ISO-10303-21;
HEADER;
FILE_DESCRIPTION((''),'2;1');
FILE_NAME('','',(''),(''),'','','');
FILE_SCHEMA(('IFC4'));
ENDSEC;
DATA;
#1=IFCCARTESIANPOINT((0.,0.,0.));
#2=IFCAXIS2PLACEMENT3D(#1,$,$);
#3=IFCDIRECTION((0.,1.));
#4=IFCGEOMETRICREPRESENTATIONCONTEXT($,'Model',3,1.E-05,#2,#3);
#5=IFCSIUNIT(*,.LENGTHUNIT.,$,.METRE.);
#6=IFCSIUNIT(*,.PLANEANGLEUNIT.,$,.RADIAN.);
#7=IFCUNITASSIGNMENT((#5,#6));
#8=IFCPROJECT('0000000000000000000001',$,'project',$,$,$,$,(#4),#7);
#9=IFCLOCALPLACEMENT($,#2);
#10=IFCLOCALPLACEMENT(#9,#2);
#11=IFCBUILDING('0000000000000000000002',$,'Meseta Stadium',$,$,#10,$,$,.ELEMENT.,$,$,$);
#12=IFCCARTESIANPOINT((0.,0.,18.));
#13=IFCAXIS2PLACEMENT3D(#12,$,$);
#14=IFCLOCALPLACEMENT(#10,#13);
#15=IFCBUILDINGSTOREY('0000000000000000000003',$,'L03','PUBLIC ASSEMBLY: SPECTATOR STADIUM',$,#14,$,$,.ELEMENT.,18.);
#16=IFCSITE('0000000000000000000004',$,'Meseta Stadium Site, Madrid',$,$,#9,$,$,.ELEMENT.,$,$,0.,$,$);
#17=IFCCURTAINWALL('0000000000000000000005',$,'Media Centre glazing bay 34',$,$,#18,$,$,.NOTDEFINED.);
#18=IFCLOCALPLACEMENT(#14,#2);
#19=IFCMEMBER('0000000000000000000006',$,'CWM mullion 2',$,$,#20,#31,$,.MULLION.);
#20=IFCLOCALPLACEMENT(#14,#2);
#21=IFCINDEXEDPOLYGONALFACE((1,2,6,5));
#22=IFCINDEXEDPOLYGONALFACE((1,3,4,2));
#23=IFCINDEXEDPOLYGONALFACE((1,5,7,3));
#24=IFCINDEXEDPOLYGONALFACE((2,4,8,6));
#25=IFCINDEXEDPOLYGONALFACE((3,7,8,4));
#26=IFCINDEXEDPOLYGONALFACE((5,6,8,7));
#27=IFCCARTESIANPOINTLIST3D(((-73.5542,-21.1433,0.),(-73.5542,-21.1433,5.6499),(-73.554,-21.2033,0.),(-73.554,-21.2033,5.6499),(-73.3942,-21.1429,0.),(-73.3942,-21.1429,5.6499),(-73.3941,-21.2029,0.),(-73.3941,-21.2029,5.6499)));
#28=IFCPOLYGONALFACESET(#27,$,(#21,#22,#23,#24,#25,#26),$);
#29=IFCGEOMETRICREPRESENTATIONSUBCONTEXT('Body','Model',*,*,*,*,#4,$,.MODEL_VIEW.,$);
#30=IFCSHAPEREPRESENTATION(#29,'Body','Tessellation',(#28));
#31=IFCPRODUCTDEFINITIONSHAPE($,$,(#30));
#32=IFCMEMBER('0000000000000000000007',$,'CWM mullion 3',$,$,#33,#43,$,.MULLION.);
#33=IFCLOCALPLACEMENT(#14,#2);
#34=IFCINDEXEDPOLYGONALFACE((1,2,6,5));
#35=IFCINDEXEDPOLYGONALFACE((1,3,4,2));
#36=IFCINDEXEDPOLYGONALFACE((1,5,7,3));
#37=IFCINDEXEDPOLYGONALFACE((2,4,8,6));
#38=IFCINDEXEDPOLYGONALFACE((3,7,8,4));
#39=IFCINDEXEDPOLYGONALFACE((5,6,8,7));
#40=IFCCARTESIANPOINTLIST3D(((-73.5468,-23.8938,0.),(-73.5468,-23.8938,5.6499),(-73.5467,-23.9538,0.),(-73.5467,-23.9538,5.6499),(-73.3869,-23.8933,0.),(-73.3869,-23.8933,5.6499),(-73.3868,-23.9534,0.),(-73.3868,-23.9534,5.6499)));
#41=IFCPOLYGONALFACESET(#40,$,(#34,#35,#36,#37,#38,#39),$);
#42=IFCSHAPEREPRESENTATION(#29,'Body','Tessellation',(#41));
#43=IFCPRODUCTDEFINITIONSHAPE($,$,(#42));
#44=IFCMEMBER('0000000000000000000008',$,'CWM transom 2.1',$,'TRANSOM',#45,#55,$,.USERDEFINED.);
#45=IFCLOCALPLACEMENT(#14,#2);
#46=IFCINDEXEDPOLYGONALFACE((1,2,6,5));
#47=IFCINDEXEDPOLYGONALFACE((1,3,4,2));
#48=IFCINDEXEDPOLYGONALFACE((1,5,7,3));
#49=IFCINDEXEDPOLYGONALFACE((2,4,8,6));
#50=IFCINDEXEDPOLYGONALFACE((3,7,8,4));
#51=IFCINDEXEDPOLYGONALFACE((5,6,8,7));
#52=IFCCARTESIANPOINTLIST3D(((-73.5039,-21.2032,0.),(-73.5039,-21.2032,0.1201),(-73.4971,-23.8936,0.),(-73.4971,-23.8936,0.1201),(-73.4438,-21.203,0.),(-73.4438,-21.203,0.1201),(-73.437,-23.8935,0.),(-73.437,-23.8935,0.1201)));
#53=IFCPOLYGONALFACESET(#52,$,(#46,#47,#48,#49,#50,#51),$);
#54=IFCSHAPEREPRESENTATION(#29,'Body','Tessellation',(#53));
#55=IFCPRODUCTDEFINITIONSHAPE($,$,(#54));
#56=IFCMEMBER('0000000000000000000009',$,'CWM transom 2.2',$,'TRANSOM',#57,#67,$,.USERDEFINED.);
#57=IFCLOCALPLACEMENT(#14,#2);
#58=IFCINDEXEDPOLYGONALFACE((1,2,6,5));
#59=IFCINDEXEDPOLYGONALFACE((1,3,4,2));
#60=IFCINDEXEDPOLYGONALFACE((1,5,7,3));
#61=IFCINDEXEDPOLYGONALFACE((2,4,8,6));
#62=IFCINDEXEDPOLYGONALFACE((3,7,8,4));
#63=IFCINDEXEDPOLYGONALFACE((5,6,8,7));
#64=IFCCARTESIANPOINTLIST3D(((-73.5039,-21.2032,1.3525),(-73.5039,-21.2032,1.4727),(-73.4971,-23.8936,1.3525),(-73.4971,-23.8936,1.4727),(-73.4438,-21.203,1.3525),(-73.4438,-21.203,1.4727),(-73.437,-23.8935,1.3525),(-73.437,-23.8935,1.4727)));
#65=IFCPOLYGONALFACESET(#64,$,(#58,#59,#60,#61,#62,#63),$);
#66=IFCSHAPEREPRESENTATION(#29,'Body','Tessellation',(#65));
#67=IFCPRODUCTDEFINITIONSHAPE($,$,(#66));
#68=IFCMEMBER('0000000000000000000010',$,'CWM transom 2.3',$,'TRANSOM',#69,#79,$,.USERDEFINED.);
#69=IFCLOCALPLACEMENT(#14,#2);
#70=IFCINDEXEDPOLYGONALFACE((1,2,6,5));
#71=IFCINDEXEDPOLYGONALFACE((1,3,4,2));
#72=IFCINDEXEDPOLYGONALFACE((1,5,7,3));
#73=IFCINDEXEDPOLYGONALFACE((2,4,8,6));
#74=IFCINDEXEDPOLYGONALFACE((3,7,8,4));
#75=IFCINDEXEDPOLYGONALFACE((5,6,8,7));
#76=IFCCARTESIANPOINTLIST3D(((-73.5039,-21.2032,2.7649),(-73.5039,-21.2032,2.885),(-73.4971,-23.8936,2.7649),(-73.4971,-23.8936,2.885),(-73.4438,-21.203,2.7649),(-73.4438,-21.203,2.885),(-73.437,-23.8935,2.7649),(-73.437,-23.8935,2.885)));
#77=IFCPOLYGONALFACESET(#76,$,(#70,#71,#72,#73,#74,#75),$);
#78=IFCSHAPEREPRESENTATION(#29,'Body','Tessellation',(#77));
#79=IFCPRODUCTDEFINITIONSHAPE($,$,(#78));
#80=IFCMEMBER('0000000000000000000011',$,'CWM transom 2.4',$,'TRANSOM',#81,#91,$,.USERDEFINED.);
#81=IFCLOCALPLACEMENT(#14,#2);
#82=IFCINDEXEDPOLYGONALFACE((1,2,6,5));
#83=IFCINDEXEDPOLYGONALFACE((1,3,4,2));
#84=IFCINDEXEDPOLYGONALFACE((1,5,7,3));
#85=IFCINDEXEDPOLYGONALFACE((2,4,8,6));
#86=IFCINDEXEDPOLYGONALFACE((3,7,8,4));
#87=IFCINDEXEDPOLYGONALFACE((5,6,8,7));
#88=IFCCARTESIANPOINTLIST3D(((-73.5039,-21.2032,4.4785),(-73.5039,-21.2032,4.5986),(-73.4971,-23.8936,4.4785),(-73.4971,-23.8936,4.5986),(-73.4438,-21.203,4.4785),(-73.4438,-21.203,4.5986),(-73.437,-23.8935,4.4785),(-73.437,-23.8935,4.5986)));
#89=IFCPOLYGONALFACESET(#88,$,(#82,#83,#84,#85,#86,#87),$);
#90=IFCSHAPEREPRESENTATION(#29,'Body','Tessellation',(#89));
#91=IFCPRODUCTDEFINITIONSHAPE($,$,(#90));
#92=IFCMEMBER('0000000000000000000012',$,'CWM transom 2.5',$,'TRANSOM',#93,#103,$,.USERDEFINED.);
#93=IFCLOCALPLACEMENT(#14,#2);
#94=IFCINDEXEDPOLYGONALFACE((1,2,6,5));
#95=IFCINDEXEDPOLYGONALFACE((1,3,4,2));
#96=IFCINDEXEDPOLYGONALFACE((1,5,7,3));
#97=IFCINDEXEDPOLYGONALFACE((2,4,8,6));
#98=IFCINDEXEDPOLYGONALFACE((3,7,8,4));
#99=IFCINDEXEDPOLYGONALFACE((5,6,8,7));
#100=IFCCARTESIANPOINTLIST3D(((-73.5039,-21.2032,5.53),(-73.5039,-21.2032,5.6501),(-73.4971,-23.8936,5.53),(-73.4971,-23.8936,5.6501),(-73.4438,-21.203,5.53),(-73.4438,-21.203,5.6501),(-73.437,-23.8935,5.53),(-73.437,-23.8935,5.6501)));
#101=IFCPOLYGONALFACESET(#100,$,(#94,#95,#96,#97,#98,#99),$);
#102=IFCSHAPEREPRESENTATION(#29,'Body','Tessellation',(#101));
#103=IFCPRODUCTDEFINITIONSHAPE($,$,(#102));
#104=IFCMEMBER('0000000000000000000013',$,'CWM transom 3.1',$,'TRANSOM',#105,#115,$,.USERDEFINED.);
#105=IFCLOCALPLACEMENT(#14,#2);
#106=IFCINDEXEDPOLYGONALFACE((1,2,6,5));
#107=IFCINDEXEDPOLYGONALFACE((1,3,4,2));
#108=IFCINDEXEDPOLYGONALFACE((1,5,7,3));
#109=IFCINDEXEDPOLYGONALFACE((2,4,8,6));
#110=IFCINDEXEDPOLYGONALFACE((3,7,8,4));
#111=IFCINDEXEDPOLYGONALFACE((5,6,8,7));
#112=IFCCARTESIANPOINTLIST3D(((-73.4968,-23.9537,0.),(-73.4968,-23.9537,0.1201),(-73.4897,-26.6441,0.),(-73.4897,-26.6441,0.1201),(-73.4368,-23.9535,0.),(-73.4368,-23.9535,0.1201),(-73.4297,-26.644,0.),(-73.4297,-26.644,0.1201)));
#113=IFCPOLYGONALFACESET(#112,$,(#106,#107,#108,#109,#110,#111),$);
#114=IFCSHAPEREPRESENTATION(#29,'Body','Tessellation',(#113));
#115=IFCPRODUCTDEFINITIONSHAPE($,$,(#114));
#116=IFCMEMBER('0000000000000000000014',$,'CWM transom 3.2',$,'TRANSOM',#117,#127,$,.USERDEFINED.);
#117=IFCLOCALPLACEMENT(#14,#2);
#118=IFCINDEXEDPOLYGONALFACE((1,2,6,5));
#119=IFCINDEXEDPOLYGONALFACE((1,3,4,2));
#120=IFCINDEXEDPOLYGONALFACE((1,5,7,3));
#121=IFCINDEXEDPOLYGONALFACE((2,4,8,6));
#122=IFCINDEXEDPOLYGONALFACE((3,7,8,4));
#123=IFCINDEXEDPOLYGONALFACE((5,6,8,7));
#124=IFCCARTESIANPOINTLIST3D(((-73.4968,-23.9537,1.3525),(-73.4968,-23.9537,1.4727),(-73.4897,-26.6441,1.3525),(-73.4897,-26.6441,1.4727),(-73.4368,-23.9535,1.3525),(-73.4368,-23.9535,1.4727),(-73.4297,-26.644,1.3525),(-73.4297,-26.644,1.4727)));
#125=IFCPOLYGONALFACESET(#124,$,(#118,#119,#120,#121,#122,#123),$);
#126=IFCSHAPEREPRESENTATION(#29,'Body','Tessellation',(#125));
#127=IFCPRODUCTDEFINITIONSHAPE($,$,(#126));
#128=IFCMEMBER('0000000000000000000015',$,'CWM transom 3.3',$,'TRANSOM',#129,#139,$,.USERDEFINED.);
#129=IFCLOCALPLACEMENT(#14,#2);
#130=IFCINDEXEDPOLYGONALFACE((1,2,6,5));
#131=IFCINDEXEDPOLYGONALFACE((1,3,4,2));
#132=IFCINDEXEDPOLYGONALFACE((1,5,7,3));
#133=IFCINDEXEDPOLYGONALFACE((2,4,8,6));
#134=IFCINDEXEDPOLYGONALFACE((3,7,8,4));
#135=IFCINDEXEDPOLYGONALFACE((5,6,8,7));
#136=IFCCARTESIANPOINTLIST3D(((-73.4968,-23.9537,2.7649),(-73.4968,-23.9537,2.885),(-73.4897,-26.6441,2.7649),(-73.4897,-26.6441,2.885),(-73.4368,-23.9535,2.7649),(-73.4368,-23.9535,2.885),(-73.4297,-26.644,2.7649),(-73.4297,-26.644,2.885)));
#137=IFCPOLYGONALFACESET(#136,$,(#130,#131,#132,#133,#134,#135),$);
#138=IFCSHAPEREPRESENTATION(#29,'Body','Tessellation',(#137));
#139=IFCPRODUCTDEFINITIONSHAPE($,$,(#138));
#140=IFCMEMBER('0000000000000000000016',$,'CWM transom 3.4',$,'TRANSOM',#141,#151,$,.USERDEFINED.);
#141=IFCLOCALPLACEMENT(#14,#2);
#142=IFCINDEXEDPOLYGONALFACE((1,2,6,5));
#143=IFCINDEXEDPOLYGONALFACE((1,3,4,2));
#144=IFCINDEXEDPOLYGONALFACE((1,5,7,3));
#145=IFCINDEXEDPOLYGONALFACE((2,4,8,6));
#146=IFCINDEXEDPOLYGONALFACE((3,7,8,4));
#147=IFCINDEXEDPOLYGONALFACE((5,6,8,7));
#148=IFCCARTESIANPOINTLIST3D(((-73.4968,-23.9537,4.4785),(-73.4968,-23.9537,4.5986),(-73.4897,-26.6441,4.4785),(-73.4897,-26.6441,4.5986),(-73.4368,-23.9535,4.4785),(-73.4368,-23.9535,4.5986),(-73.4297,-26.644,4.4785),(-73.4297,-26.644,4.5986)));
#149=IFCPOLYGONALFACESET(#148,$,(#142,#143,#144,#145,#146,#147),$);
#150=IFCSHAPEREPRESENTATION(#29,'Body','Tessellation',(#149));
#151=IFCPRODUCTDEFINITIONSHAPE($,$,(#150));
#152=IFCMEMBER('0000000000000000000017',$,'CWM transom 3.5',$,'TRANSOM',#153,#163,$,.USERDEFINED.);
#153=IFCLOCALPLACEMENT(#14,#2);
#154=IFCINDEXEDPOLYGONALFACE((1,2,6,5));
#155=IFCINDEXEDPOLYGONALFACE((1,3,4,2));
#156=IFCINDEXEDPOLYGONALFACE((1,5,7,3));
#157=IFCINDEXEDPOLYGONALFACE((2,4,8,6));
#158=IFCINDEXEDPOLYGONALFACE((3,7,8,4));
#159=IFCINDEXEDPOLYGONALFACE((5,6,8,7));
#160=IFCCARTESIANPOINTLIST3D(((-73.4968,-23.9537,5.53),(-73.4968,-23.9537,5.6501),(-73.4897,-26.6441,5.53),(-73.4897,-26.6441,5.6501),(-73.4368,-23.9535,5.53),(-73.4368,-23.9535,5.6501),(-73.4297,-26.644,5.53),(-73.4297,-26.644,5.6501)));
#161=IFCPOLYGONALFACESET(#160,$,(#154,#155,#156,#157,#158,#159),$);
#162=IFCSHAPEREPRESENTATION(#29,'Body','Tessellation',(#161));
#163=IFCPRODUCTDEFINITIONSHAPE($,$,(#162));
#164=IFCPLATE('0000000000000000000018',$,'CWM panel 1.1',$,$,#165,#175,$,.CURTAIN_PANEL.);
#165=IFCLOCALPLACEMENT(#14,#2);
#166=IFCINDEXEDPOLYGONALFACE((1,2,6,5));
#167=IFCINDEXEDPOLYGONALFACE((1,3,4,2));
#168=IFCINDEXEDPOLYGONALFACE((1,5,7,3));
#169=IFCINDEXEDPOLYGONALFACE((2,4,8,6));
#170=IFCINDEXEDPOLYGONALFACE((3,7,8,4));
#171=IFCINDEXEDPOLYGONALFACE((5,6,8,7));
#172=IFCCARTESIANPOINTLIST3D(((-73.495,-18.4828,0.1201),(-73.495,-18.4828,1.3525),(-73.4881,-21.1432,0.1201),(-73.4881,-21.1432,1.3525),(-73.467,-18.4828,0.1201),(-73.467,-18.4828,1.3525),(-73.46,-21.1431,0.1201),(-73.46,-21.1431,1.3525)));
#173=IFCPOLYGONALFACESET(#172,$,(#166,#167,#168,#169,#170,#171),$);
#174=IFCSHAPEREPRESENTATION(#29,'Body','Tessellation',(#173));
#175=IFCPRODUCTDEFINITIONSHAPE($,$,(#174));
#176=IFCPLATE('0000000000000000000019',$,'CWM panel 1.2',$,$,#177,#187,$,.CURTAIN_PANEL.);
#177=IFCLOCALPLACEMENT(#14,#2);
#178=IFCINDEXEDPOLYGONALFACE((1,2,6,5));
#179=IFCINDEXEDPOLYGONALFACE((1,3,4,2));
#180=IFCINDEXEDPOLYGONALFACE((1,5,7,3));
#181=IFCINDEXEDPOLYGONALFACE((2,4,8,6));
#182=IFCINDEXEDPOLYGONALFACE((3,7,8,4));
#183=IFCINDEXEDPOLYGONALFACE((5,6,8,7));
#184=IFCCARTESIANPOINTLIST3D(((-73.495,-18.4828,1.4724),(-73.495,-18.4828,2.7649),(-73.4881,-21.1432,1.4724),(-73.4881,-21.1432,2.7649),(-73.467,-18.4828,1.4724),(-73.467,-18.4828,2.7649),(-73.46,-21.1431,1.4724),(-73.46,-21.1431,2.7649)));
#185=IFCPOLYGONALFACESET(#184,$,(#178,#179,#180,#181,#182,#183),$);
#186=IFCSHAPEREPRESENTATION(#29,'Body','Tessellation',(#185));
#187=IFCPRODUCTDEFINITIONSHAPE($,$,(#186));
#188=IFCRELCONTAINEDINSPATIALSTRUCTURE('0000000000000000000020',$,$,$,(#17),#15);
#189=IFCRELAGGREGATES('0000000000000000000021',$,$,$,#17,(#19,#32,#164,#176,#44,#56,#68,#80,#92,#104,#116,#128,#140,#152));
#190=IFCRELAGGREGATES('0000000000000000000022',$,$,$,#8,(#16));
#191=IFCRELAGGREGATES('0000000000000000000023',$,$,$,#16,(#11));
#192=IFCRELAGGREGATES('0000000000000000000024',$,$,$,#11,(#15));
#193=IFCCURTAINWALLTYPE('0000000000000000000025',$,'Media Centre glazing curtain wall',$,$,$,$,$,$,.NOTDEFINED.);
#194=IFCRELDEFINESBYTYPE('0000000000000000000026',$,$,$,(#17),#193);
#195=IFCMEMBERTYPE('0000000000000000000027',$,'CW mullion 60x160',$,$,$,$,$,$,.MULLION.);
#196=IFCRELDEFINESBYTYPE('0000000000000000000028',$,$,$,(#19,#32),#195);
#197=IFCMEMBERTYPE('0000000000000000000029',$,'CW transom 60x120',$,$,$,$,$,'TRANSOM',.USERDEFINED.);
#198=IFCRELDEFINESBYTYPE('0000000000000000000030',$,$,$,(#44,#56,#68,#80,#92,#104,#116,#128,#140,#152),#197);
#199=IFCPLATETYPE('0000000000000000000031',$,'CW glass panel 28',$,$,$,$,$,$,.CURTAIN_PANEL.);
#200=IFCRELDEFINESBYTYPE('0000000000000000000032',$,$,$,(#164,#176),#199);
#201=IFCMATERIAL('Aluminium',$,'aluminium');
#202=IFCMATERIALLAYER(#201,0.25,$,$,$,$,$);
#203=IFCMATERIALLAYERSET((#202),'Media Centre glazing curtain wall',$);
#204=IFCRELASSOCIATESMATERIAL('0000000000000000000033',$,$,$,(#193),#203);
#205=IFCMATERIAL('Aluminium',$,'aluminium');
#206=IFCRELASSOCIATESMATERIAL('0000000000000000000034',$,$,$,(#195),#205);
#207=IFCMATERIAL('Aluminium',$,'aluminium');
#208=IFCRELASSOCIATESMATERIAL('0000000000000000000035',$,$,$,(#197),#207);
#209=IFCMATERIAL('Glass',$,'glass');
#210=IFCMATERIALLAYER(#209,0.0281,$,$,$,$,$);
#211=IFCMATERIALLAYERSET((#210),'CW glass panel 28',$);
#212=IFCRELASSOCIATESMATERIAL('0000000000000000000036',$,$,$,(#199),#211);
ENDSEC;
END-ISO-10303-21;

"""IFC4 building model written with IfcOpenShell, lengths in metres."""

from ifc_helpers import new_model, si_unit, direction, frame, origin, origin_2d, place, context, subcontext, project, spatial, rectangle, extrude, material, layer, layer_set, material_profile, profile_set, type_object, element, aggregate, save


model = new_model("IFC4")

# Units and contexts
model_context = context("Model", 3, precision=1e-05, world=origin(), true_north=direction((0.0, 1.0)))
body_context = subcontext(model_context, "Body", "Model", "MODEL_VIEW")
ifc_project = project(units=[si_unit("LENGTHUNIT", "METRE"), si_unit("PLANEANGLEUNIT", "RADIAN")], contexts=[model_context])

# Site, building, storey
site_placement = place(None, origin())
site = spatial("IfcSite", under=ifc_project, at=site_placement, Name="Meseta Stadium Site, Madrid", CompositionType="ELEMENT", RefElevation=0.0)
building_placement = place(site_placement, origin())
building = spatial("IfcBuilding", under=site, at=building_placement, Name="Meseta Stadium", CompositionType="ELEMENT")
storey_placement = place(building_placement, frame((0.0, 0.0, 18.0)))
storey = spatial("IfcBuildingStorey", under=building, at=storey_placement, Name="L03", Description="PUBLIC ASSEMBLY: SPECTATOR STADIUM", CompositionType="ELEMENT", Elevation=18.0)

# Curtain wall, members, plates
ifc_material_1 = material(Name="Aluminium", Category="aluminium")
ifc_layer_1 = layer(ifc_material_1, 0.25)
ifc_layer_set_1 = layer_set([ifc_layer_1], Name="Media Centre glazing curtain wall")
curtain_wall_type = type_object("IfcCurtainWallType", Name="Media Centre glazing curtain wall", PredefinedType="NOTDEFINED", material=ifc_layer_set_1)
curtain_wall_placement = place(storey_placement, origin())
curtain_wall = element("IfcCurtainWall", 1, at=curtain_wall_placement, inside=storey, type_object=curtain_wall_type, Name="Media Centre glazing bay 34", PredefinedType="NOTDEFINED")
ifc_material_2 = material(Name="Aluminium", Category="aluminium")
ifc_material_profile_1 = material_profile(ifc_material_2, rectangle(XDim=0.1599, YDim=0.0601, at=origin_2d()), Name="CW 160x60")
ifc_profile_set_1 = profile_set([ifc_material_profile_1], Name="Aluminium")
member_type_1 = type_object("IfcMemberType", Name="CW mullion 60x160", PredefinedType="MULLION", material=ifc_profile_set_1)
member_1_placement = place(storey_placement, frame((-73.4741, -21.1731, 0.0), z_axis=(0.0, 0.0, 1.0), x_axis=(0.999997, 0.002606, 0.0)))
member_1 = element("IfcMember", 2, at=member_1_placement, type_object=member_type_1, Name="CWM mullion 2", PredefinedType="MULLION", context=body_context, shape_type="SweptSolid", body=[
    extrude(rectangle(XDim=0.1599, YDim=0.0601, at=origin_2d()), origin(), (0.0, 0.0, 1.0), 5.6499),
])
member_2_placement = place(storey_placement, frame((-73.4668, -23.9236, 0.0), z_axis=(0.0, 0.0, 1.0), x_axis=(0.999997, 0.002606, 0.0)))
member_2 = element("IfcMember", 3, at=member_2_placement, type_object=member_type_1, Name="CWM mullion 3", PredefinedType="MULLION", context=body_context, shape_type="SweptSolid", body=[
    extrude(rectangle(XDim=0.1599, YDim=0.0601, at=origin_2d()), origin(), (0.0, 0.0, 1.0), 5.6499),
])
ifc_material_3 = material(Name="Aluminium", Category="aluminium")
ifc_material_profile_2 = material_profile(ifc_material_3, rectangle(XDim=0.0601, YDim=0.1201, at=origin_2d()), Name="CW 60x120")
ifc_profile_set_2 = profile_set([ifc_material_profile_2], Name="Aluminium")
member_type_2 = type_object("IfcMemberType", Name="CW transom 60x120", ElementType="TRANSOM", PredefinedType="USERDEFINED", material=ifc_profile_set_2)
member_3_placement = place(storey_placement, frame((-73.4739, -21.2031, 0.0601), z_axis=(0.002541, -0.999997, 0.0), x_axis=(0.999997, 0.002541, 0.0)))
member_3 = element("IfcMember", 4, at=member_3_placement, type_object=member_type_2, Name="CWM transom 2.1", ObjectType="TRANSOM", PredefinedType="USERDEFINED", context=body_context, shape_type="SweptSolid", body=[
    extrude(rectangle(XDim=0.0601, YDim=0.1201, at=origin_2d()), origin(), (0.0, 0.0, 1.0), 2.6904),
])
member_4_placement = place(storey_placement, frame((-73.4739, -21.2031, 1.4126), z_axis=(0.002541, -0.999997, 0.0), x_axis=(0.999997, 0.002541, 0.0)))
member_4 = element("IfcMember", 5, at=member_4_placement, type_object=member_type_2, Name="CWM transom 2.2", ObjectType="TRANSOM", PredefinedType="USERDEFINED", context=body_context, shape_type="SweptSolid", body=[
    extrude(rectangle(XDim=0.0601, YDim=0.1201, at=origin_2d()), origin(), (0.0, 0.0, 1.0), 2.6904),
])
member_5_placement = place(storey_placement, frame((-73.4739, -21.2031, 2.825), z_axis=(0.002541, -0.999997, 0.0), x_axis=(0.999997, 0.002541, 0.0)))
member_5 = element("IfcMember", 6, at=member_5_placement, type_object=member_type_2, Name="CWM transom 2.3", ObjectType="TRANSOM", PredefinedType="USERDEFINED", context=body_context, shape_type="SweptSolid", body=[
    extrude(rectangle(XDim=0.0601, YDim=0.1201, at=origin_2d()), origin(), (0.0, 0.0, 1.0), 2.6904),
])
member_6_placement = place(storey_placement, frame((-73.4739, -21.2031, 4.5386), z_axis=(0.002541, -0.999997, 0.0), x_axis=(0.999997, 0.002541, 0.0)))
member_6 = element("IfcMember", 7, at=member_6_placement, type_object=member_type_2, Name="CWM transom 2.4", ObjectType="TRANSOM", PredefinedType="USERDEFINED", context=body_context, shape_type="SweptSolid", body=[
    extrude(rectangle(XDim=0.0601, YDim=0.1201, at=origin_2d()), origin(), (0.0, 0.0, 1.0), 2.6904),
])
member_7_placement = place(storey_placement, frame((-73.4739, -21.2031, 5.5901), z_axis=(0.002541, -0.999997, 0.0), x_axis=(0.999997, 0.002541, 0.0)))
member_7 = element("IfcMember", 8, at=member_7_placement, type_object=member_type_2, Name="CWM transom 2.5", ObjectType="TRANSOM", PredefinedType="USERDEFINED", context=body_context, shape_type="SweptSolid", body=[
    extrude(rectangle(XDim=0.0601, YDim=0.1201, at=origin_2d()), origin(), (0.0, 0.0, 1.0), 2.6904),
])
member_8_placement = place(storey_placement, frame((-73.4668, -23.9536, 0.0601), z_axis=(0.002632, -0.999997, 0.0), x_axis=(0.999997, 0.002632, 0.0)))
member_8 = element("IfcMember", 9, at=member_8_placement, type_object=member_type_2, Name="CWM transom 3.1", ObjectType="TRANSOM", PredefinedType="USERDEFINED", context=body_context, shape_type="SweptSolid", body=[
    extrude(rectangle(XDim=0.0601, YDim=0.1201, at=origin_2d()), origin(), (0.0, 0.0, 1.0), 2.6904),
])
member_9_placement = place(storey_placement, frame((-73.4668, -23.9536, 1.4126), z_axis=(0.002632, -0.999997, 0.0), x_axis=(0.999997, 0.002632, 0.0)))
member_9 = element("IfcMember", 10, at=member_9_placement, type_object=member_type_2, Name="CWM transom 3.2", ObjectType="TRANSOM", PredefinedType="USERDEFINED", context=body_context, shape_type="SweptSolid", body=[
    extrude(rectangle(XDim=0.0601, YDim=0.1201, at=origin_2d()), origin(), (0.0, 0.0, 1.0), 2.6904),
])
member_10_placement = place(storey_placement, frame((-73.4668, -23.9536, 2.825), z_axis=(0.002632, -0.999997, 0.0), x_axis=(0.999997, 0.002632, 0.0)))
member_10 = element("IfcMember", 11, at=member_10_placement, type_object=member_type_2, Name="CWM transom 3.3", ObjectType="TRANSOM", PredefinedType="USERDEFINED", context=body_context, shape_type="SweptSolid", body=[
    extrude(rectangle(XDim=0.0601, YDim=0.1201, at=origin_2d()), origin(), (0.0, 0.0, 1.0), 2.6904),
])
member_11_placement = place(storey_placement, frame((-73.4668, -23.9536, 4.5386), z_axis=(0.002632, -0.999997, 0.0), x_axis=(0.999997, 0.002632, 0.0)))
member_11 = element("IfcMember", 12, at=member_11_placement, type_object=member_type_2, Name="CWM transom 3.4", ObjectType="TRANSOM", PredefinedType="USERDEFINED", context=body_context, shape_type="SweptSolid", body=[
    extrude(rectangle(XDim=0.0601, YDim=0.1201, at=origin_2d()), origin(), (0.0, 0.0, 1.0), 2.6904),
])
member_12_placement = place(storey_placement, frame((-73.4668, -23.9536, 5.5901), z_axis=(0.002632, -0.999997, 0.0), x_axis=(0.999997, 0.002632, 0.0)))
member_12 = element("IfcMember", 13, at=member_12_placement, type_object=member_type_2, Name="CWM transom 3.5", ObjectType="TRANSOM", PredefinedType="USERDEFINED", context=body_context, shape_type="SweptSolid", body=[
    extrude(rectangle(XDim=0.0601, YDim=0.1201, at=origin_2d()), origin(), (0.0, 0.0, 1.0), 2.6904),
])
ifc_material_4 = material(Name="Glass", Category="glass")
ifc_layer_2 = layer(ifc_material_4, 0.0281)
ifc_layer_set_2 = layer_set([ifc_layer_2], Name="CW glass panel 28")
plate_type = type_object("IfcPlateType", Name="CW glass panel 28", PredefinedType="CURTAIN_PANEL", material=ifc_layer_set_2)
plate_1_placement = place(storey_placement, frame((-73.4775, -19.813, 0.1201), z_axis=(0.0, 0.0, 1.0), x_axis=(0.002606, -0.999997, 0.0)))
plate_1 = element("IfcPlate", 14, at=plate_1_placement, type_object=plate_type, Name="CWM panel 1.1", PredefinedType="CURTAIN_PANEL", context=body_context, shape_type="SweptSolid", body=[
    extrude(rectangle(XDim=2.6604, YDim=0.0281, at=origin_2d()), origin(), (0.0, 0.0, 1.0), 1.2324),
])
plate_2_placement = place(storey_placement, frame((-73.4775, -19.813, 1.4724), z_axis=(0.0, 0.0, 1.0), x_axis=(0.002606, -0.999997, 0.0)))
plate_2 = element("IfcPlate", 15, at=plate_2_placement, type_object=plate_type, Name="CWM panel 1.2", PredefinedType="CURTAIN_PANEL", context=body_context, shape_type="SweptSolid", body=[
    extrude(rectangle(XDim=2.6604, YDim=0.0281, at=origin_2d()), origin(), (0.0, 0.0, 1.0), 1.2925),
])
aggregate(curtain_wall, [member_1, member_2, plate_1, plate_2, member_3, member_4, member_5, member_6, member_7, member_8, member_9, member_10, member_11, member_12])

save(model, "model.ifc")
